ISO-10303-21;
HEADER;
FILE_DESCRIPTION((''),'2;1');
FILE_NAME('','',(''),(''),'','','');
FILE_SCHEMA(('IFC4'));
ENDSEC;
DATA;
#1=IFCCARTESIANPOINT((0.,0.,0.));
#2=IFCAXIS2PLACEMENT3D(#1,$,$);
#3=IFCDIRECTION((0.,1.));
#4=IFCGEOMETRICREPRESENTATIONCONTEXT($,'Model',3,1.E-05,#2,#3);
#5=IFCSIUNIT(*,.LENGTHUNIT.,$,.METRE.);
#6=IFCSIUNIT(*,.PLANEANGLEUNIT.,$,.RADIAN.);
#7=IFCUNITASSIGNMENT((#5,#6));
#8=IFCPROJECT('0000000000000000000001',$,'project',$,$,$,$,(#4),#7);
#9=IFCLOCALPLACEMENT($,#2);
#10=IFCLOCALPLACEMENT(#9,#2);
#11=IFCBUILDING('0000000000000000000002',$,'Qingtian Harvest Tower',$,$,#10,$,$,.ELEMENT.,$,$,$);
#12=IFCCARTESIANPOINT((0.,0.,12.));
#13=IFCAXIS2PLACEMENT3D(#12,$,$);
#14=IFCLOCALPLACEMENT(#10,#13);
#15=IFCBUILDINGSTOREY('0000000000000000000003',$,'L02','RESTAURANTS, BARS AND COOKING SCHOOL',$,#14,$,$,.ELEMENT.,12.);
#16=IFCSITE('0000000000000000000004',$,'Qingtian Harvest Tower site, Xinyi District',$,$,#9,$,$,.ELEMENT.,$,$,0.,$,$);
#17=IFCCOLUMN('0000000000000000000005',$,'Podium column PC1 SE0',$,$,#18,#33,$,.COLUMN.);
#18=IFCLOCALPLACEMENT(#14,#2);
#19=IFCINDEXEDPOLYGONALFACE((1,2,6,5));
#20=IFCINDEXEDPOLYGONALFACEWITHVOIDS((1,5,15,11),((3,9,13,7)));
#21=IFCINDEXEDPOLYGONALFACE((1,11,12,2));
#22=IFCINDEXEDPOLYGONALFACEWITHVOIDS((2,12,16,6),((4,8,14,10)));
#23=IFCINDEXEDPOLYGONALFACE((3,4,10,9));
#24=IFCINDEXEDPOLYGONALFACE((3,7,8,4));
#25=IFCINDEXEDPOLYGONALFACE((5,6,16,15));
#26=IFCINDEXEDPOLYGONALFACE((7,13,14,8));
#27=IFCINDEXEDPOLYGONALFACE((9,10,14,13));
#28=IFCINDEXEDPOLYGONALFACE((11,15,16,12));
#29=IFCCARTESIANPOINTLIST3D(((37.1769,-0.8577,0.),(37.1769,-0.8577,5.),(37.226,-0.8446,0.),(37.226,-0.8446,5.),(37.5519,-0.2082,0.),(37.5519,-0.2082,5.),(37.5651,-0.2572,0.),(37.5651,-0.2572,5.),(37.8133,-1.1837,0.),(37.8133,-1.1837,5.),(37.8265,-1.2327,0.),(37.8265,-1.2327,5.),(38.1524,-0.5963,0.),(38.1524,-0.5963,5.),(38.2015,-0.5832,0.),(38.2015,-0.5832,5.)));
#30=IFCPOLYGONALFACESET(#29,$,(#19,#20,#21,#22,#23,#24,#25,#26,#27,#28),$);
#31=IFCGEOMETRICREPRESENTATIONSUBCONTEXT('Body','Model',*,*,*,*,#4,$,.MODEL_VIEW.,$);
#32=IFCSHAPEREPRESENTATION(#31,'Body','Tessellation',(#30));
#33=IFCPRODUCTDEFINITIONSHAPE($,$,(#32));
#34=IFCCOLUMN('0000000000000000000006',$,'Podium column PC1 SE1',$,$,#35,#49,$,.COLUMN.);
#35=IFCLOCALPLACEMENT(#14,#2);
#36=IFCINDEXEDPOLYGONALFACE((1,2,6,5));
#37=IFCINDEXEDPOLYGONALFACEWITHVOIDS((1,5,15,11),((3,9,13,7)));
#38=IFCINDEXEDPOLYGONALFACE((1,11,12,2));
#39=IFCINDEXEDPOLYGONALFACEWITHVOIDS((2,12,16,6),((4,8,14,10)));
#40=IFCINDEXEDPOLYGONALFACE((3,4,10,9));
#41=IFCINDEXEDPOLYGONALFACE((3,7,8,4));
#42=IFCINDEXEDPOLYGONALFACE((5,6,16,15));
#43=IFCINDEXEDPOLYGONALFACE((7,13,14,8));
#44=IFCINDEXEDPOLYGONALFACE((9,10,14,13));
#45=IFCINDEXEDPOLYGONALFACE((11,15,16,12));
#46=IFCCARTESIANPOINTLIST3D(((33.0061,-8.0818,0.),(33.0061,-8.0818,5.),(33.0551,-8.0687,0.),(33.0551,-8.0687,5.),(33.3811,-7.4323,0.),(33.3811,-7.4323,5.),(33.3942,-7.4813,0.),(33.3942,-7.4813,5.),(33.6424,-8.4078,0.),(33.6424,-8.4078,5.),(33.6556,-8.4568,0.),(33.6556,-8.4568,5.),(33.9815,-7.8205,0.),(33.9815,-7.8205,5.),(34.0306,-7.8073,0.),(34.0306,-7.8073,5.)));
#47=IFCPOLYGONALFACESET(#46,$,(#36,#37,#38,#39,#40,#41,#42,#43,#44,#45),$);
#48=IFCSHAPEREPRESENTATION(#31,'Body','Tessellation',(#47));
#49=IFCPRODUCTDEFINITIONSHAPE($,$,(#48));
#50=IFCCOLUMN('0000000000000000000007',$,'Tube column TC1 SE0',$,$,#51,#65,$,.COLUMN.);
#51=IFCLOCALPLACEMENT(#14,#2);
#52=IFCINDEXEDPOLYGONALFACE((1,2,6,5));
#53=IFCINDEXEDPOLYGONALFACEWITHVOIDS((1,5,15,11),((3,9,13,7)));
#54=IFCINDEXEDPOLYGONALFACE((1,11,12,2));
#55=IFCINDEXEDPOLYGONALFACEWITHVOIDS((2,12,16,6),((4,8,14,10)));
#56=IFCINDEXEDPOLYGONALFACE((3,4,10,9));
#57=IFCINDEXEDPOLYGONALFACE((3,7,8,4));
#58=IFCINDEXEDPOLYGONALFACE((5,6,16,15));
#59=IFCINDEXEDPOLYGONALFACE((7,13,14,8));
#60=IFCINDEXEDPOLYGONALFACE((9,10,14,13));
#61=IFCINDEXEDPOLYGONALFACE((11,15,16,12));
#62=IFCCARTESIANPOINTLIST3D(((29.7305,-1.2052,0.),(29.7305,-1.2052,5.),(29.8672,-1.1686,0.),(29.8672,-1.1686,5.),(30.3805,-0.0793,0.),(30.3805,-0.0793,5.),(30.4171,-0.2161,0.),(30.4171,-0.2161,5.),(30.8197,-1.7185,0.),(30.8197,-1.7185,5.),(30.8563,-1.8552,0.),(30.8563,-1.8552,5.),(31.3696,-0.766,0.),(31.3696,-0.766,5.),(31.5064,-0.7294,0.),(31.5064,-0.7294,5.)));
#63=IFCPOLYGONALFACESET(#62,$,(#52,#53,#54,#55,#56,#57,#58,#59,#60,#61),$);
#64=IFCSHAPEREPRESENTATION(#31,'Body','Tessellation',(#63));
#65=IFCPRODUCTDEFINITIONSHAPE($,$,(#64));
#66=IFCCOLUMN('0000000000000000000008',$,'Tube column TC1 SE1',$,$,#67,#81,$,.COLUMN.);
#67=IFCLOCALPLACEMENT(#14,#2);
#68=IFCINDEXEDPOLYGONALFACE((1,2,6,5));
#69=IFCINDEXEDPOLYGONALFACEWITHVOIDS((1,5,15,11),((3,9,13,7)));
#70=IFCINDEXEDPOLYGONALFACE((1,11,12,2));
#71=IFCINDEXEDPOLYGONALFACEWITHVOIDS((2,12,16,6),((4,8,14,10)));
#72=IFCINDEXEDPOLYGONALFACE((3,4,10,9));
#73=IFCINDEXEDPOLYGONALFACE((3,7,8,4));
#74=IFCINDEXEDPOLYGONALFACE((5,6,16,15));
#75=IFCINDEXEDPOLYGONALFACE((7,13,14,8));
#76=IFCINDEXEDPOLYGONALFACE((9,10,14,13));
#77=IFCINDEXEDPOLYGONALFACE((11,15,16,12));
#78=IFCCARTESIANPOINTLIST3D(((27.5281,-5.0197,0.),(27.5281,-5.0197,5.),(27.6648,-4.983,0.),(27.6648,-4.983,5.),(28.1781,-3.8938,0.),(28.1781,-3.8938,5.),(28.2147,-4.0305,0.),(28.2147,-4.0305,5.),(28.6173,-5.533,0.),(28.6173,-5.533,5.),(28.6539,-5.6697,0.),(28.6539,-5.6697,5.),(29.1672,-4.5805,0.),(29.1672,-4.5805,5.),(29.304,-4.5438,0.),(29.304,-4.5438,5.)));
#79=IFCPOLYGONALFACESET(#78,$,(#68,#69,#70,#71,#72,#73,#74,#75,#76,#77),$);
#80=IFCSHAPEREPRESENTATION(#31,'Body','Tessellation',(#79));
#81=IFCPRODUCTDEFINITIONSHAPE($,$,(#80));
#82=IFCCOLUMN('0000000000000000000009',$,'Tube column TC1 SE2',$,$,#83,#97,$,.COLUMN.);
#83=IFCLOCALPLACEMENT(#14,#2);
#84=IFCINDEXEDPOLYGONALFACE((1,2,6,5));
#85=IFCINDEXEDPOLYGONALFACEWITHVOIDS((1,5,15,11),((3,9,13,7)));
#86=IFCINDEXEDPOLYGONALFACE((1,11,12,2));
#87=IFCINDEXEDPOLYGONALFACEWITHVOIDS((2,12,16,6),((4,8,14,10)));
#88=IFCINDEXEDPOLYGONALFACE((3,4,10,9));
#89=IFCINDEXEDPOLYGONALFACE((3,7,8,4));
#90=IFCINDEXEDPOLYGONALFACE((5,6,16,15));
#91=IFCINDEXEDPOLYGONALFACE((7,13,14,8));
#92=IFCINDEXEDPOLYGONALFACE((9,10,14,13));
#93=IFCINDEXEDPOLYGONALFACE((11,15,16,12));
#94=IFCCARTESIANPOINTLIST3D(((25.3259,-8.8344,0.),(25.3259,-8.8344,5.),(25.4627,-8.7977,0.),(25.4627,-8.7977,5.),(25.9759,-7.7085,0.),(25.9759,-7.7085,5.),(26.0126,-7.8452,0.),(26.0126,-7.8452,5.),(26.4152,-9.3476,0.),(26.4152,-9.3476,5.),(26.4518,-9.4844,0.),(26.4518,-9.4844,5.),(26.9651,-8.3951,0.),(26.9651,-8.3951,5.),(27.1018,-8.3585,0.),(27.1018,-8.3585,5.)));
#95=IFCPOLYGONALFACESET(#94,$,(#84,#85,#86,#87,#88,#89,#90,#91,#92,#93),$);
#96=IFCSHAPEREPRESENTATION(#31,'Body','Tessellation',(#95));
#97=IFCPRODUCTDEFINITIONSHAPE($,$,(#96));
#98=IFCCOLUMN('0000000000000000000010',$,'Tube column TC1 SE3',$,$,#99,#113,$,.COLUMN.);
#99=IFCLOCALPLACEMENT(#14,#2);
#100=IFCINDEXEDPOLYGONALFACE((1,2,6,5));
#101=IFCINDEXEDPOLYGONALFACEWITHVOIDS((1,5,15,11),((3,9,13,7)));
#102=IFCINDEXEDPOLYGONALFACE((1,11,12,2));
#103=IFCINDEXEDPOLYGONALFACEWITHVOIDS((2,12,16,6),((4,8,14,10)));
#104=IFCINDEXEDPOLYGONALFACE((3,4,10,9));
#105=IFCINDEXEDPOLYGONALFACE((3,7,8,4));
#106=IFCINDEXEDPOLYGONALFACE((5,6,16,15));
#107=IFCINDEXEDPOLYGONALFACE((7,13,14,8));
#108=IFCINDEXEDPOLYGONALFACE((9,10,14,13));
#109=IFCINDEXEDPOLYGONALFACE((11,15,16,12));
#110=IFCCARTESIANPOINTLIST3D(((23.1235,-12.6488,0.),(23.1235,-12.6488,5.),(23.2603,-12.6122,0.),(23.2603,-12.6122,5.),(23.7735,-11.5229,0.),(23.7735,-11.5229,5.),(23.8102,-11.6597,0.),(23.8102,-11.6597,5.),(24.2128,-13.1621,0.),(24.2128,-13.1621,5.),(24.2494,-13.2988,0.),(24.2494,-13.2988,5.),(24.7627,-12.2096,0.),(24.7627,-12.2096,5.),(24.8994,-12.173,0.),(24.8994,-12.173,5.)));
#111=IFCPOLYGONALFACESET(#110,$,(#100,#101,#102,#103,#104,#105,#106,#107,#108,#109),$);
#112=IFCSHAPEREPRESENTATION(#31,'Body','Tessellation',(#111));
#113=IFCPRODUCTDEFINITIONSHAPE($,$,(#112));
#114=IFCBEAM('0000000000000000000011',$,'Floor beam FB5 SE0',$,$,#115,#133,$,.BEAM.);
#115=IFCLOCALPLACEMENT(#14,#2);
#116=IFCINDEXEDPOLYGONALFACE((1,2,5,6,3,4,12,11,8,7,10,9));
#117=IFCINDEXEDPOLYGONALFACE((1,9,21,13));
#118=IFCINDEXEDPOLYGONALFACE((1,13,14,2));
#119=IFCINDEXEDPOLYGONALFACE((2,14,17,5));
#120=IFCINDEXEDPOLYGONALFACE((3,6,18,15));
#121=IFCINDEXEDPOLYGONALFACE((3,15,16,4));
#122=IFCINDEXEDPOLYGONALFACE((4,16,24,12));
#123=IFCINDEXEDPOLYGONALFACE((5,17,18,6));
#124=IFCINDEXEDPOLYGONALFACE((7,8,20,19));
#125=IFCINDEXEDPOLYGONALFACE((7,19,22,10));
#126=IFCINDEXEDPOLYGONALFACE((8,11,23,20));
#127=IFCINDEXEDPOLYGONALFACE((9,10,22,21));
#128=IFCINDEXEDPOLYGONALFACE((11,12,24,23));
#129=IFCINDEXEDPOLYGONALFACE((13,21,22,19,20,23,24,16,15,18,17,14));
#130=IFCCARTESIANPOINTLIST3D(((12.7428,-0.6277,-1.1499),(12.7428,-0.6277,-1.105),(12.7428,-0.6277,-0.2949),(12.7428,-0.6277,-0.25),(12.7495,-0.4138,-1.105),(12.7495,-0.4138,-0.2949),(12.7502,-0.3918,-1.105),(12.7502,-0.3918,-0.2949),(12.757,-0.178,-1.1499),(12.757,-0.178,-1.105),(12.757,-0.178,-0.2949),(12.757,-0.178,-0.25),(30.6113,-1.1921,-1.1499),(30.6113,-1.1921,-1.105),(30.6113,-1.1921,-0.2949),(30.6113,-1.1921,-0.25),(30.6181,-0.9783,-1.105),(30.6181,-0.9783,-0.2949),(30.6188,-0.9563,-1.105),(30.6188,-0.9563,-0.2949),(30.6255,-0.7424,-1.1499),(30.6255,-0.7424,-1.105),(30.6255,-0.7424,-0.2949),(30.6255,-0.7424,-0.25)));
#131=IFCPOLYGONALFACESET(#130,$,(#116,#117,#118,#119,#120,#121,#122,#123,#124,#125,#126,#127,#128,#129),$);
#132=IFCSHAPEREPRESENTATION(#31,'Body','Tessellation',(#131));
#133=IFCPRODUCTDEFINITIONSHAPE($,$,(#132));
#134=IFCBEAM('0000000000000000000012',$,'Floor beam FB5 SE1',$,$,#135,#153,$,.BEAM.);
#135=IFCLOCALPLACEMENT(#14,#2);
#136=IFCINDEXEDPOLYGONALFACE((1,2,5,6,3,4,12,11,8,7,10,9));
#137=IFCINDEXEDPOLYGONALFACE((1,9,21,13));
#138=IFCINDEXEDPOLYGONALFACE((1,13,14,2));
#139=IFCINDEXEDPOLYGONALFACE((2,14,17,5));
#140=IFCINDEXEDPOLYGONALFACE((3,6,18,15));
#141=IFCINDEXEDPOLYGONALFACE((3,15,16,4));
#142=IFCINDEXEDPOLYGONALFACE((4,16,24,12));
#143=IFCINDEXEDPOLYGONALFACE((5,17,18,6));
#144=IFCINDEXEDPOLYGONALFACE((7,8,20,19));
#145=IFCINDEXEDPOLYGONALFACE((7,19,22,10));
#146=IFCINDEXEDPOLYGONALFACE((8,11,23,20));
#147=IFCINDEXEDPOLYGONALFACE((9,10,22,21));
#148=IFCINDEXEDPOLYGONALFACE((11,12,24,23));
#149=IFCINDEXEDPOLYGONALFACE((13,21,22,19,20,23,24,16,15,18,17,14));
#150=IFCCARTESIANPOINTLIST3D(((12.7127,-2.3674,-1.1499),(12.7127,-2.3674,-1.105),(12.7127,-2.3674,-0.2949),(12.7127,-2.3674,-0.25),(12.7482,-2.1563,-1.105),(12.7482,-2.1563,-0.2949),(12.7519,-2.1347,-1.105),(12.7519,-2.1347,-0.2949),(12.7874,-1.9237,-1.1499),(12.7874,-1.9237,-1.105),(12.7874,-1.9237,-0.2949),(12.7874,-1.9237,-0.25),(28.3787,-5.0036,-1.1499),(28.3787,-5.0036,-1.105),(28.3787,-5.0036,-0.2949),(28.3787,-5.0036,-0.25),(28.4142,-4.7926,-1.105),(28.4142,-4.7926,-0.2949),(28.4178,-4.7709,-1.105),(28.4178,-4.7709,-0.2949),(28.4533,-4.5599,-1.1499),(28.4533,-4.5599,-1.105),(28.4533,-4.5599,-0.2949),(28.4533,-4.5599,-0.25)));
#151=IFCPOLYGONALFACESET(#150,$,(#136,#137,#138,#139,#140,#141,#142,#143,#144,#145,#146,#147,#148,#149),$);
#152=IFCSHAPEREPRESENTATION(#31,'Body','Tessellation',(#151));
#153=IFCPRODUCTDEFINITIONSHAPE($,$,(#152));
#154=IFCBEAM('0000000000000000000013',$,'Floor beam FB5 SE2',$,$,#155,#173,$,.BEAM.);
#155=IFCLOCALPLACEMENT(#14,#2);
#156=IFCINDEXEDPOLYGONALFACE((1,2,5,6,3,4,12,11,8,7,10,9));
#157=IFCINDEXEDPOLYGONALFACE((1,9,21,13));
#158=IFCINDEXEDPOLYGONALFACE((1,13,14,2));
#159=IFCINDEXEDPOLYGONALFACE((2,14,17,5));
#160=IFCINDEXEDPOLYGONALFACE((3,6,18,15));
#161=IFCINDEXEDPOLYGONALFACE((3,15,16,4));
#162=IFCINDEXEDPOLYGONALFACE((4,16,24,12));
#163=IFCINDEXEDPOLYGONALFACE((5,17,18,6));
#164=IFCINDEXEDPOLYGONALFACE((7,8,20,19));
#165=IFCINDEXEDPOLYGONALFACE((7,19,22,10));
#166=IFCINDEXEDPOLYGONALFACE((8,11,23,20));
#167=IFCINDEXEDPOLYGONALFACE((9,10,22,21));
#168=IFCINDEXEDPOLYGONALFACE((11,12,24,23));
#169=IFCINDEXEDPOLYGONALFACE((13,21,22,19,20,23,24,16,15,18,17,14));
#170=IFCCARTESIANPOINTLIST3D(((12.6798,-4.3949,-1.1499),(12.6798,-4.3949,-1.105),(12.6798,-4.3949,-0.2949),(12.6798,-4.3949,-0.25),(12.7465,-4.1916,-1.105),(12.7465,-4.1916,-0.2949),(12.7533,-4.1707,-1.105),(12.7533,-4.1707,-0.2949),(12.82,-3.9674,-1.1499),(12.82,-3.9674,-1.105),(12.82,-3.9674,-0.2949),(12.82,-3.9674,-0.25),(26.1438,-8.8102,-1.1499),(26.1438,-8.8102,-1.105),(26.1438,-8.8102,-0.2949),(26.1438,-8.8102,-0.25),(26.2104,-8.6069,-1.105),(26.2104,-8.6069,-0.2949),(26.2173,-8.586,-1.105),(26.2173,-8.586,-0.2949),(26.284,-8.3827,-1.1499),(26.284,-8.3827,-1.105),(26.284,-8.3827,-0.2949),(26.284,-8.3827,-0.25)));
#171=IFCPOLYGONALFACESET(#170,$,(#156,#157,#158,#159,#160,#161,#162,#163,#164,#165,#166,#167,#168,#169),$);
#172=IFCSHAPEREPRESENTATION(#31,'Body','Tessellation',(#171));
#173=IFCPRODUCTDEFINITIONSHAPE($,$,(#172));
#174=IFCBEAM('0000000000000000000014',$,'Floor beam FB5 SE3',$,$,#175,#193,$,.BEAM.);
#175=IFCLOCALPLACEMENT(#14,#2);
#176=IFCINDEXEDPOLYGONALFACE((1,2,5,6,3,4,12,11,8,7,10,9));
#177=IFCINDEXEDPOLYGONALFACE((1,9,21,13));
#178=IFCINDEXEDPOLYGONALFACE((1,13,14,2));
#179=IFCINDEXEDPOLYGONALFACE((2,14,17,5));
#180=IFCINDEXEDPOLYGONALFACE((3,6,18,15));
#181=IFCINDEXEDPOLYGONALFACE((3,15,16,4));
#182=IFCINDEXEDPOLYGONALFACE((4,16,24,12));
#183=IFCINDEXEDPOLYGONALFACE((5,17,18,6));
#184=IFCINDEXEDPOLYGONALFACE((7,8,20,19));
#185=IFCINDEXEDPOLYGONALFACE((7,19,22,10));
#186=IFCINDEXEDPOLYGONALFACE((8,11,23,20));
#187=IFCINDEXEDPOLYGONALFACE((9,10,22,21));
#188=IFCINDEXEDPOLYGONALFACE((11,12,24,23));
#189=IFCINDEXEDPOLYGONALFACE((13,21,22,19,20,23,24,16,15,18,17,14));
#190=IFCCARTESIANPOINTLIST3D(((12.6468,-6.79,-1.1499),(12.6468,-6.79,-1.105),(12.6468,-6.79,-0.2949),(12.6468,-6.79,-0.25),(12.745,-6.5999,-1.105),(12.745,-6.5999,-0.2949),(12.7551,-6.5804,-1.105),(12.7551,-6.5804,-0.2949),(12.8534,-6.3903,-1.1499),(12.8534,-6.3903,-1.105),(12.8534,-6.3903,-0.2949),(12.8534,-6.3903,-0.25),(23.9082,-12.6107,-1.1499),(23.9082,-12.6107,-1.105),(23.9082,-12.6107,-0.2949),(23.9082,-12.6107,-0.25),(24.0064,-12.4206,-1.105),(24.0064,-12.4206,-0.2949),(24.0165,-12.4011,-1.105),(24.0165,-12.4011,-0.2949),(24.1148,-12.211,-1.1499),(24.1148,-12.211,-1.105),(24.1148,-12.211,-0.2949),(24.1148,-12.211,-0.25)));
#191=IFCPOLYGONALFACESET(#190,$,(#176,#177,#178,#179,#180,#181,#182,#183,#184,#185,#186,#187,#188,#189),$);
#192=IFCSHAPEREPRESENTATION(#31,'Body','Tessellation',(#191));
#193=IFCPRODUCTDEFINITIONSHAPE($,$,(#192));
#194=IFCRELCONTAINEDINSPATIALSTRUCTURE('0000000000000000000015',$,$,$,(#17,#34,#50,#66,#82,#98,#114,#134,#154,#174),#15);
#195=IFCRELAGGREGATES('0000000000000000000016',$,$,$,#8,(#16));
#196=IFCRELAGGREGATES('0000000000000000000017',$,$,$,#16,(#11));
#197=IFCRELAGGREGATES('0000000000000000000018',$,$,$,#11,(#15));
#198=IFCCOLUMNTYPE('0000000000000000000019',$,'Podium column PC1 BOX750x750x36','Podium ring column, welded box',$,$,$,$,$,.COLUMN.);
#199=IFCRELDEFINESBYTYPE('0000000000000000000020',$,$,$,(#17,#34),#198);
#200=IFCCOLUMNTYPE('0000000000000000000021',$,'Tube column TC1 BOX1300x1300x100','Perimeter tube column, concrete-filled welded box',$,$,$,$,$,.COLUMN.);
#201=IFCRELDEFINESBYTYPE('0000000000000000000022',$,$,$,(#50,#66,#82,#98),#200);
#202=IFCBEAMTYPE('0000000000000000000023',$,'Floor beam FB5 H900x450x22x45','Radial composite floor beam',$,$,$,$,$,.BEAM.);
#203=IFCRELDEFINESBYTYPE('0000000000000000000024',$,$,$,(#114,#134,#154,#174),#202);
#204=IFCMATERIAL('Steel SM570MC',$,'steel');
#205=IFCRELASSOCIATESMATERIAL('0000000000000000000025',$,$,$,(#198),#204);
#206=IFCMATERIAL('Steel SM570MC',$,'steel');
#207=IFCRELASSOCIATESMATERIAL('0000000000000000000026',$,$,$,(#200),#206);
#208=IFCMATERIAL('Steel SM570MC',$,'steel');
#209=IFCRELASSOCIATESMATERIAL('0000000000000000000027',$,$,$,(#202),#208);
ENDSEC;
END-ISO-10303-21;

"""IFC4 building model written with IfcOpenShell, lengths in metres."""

from ifc_helpers import new_model, si_unit, direction, frame, origin, origin_2d, place, context, subcontext, project, spatial, hollow_rectangle, i_section, extrude, material, material_profile, profile_set, type_object, element, save


model = new_model("IFC4")

# Units and contexts
model_context = context("Model", 3, precision=1e-05, world=origin(), true_north=direction((0.0, 1.0)))
body_context = subcontext(model_context, "Body", "Model", "MODEL_VIEW")
ifc_project = project(units=[si_unit("LENGTHUNIT", "METRE"), si_unit("PLANEANGLEUNIT", "RADIAN")], contexts=[model_context])

# Site, building, storey
site_placement = place(None, origin())
site = spatial("IfcSite", under=ifc_project, at=site_placement, Name="Qingtian Harvest Tower site, Xinyi District", CompositionType="ELEMENT", RefElevation=0.0)
building_placement = place(site_placement, origin())
building = spatial("IfcBuilding", under=site, at=building_placement, Name="Qingtian Harvest Tower", CompositionType="ELEMENT")
storey_placement = place(building_placement, frame((0.0, 0.0, 12.0)))
storey = spatial("IfcBuildingStorey", under=building, at=storey_placement, Name="L02", Description="RESTAURANTS, BARS AND COOKING SCHOOL", CompositionType="ELEMENT", Elevation=12.0)

# Columns
ifc_material_1 = material(Name="Steel SM570MC", Category="steel")
ifc_material_profile_1 = material_profile(ifc_material_1, hollow_rectangle(XDim=0.75, YDim=0.75, WallThickness=0.0359, at=origin_2d()), Name="BOX750x750x36")
ifc_profile_set_1 = profile_set([ifc_material_profile_1], Name="Steel SM570MC")
column_type_1 = type_object("IfcColumnType", Name="Podium column PC1 BOX750x750x36", Description="Podium ring column, welded box", PredefinedType="COLUMN", material=ifc_profile_set_1)
for number, where, z_axis, x_axis, name in (
    (1, (37.6892, -0.7205, 0.0), (0.0, 0.0, 1.0), (0.5, 0.866025, 0.0), "Podium column PC1 SE0"),
    (2, (33.5183, -7.9446, 0.0), (0.0, 0.0, 1.0), (0.5, 0.866025, 0.0), "Podium column PC1 SE1"),
):
    element("IfcColumn", number, at=place(storey_placement, frame(where, z_axis=z_axis, x_axis=x_axis)), inside=storey, type_object=column_type_1, Name=name, PredefinedType="COLUMN", context=body_context, shape_type="SweptSolid", body=[
        extrude(hollow_rectangle(XDim=0.75, YDim=0.75, WallThickness=0.0359, at=origin_2d()), origin(), (0.0, 0.0, 1.0), 5.0),
    ])
ifc_material_2 = material(Name="Steel SM570MC", Category="steel")
ifc_material_profile_2 = material_profile(ifc_material_2, hollow_rectangle(XDim=1.3, YDim=1.3, WallThickness=0.1001, at=origin_2d()), Name="BOX1300x1300x100")
ifc_profile_set_2 = profile_set([ifc_material_profile_2], Name="Steel SM570MC")
column_type_2 = type_object("IfcColumnType", Name="Tube column TC1 BOX1300x1300x100", Description="Perimeter tube column, concrete-filled welded box", PredefinedType="COLUMN", material=ifc_profile_set_2)
for number, where, z_axis, x_axis, name in (
    (3, (30.6184, -0.9673, 0.0), (0.0, 0.0, 1.0), (0.5, 0.866025, 0.0), "Tube column TC1 SE0"),
    (4, (28.416, -4.7817, 0.0), (0.0, 0.0, 1.0), (0.5, 0.866025, 0.0), "Tube column TC1 SE1"),
    (5, (26.2139, -8.5964, 0.0), (0.0, 0.0, 1.0), (0.5, 0.866025, 0.0), "Tube column TC1 SE2"),
    (6, (24.0115, -12.4109, 0.0), (0.0, 0.0, 1.0), (0.5, 0.866025, 0.0), "Tube column TC1 SE3"),
):
    element("IfcColumn", number, at=place(storey_placement, frame(where, z_axis=z_axis, x_axis=x_axis)), inside=storey, type_object=column_type_2, Name=name, PredefinedType="COLUMN", context=body_context, shape_type="SweptSolid", body=[
        extrude(hollow_rectangle(XDim=1.3, YDim=1.3, WallThickness=0.1001, at=origin_2d()), origin(), (0.0, 0.0, 1.0), 5.0),
    ])

# Beams
ifc_material_3 = material(Name="Steel SM570MC", Category="steel")
ifc_material_profile_3 = material_profile(ifc_material_3, i_section(OverallWidth=0.45, OverallDepth=0.8999, WebThickness=0.022, FlangeThickness=0.0449, at=origin_2d()), Name="H900x450x22x45")
ifc_profile_set_3 = profile_set([ifc_material_profile_3], Name="Steel SM570MC")
beam_type_1 = type_object("IfcBeamType", Name="Floor beam FB5 H900x450x22x45", Description="Radial composite floor beam", PredefinedType="BEAM", material=ifc_profile_set_3)
beam_1_placement = place(storey_placement, frame((30.6184, -0.9673, -0.7), z_axis=(-0.999501, 0.031574, 0.0), x_axis=(-0.031574, -0.999501, 0.0)))
element("IfcBeam", 7, at=beam_1_placement, inside=storey, type_object=beam_type_1, Name="Floor beam FB5 SE0", PredefinedType="BEAM", context=body_context, shape_type="SweptSolid", body=[
    extrude(i_section(OverallWidth=0.45, OverallDepth=0.8999, WebThickness=0.022, FlangeThickness=0.0449, at=origin_2d()), origin(), (0.0, 0.0, 1.0), 17.8774),
])
beam_2_placement = place(storey_placement, frame((28.416, -4.7817, -0.7), z_axis=(-0.986135, 0.165944, 0.0), x_axis=(-0.165944, -0.986135, 0.0)))
element("IfcBeam", 8, at=beam_2_placement, inside=storey, type_object=beam_type_1, Name="Floor beam FB5 SE1", PredefinedType="BEAM", context=body_context, shape_type="SweptSolid", body=[
    extrude(i_section(OverallWidth=0.45, OverallDepth=0.8999, WebThickness=0.022, FlangeThickness=0.0449, at=origin_2d()), origin(), (0.0, 0.0, 1.0), 15.8862),
])
beam_3_placement = place(storey_placement, frame((26.2139, -8.5964, -0.7), z_axis=(-0.950211, 0.311608, 0.0), x_axis=(-0.311608, -0.950211, 0.0)))
element("IfcBeam", 9, at=beam_3_placement, inside=storey, type_object=beam_type_1, Name="Floor beam FB5 SE2", PredefinedType="BEAM", context=body_context, shape_type="SweptSolid", body=[
    extrude(i_section(OverallWidth=0.45, OverallDepth=0.8999, WebThickness=0.022, FlangeThickness=0.0449, at=origin_2d()), origin(), (0.0, 0.0, 1.0), 14.1694),
])
beam_4_placement = place(storey_placement, frame((24.0115, -12.4109, -0.7), z_axis=(-0.88835, 0.459168, 0.0), x_axis=(-0.459168, -0.88835, 0.0)))
element("IfcBeam", 10, at=beam_4_placement, inside=storey, type_object=beam_type_1, Name="Floor beam FB5 SE3", PredefinedType="BEAM", context=body_context, shape_type="SweptSolid", body=[
    extrude(i_section(OverallWidth=0.45, OverallDepth=0.8999, WebThickness=0.022, FlangeThickness=0.0449, at=origin_2d()), origin(), (0.0, 0.0, 1.0), 12.6768),
])

save(model, "model.ifc")
